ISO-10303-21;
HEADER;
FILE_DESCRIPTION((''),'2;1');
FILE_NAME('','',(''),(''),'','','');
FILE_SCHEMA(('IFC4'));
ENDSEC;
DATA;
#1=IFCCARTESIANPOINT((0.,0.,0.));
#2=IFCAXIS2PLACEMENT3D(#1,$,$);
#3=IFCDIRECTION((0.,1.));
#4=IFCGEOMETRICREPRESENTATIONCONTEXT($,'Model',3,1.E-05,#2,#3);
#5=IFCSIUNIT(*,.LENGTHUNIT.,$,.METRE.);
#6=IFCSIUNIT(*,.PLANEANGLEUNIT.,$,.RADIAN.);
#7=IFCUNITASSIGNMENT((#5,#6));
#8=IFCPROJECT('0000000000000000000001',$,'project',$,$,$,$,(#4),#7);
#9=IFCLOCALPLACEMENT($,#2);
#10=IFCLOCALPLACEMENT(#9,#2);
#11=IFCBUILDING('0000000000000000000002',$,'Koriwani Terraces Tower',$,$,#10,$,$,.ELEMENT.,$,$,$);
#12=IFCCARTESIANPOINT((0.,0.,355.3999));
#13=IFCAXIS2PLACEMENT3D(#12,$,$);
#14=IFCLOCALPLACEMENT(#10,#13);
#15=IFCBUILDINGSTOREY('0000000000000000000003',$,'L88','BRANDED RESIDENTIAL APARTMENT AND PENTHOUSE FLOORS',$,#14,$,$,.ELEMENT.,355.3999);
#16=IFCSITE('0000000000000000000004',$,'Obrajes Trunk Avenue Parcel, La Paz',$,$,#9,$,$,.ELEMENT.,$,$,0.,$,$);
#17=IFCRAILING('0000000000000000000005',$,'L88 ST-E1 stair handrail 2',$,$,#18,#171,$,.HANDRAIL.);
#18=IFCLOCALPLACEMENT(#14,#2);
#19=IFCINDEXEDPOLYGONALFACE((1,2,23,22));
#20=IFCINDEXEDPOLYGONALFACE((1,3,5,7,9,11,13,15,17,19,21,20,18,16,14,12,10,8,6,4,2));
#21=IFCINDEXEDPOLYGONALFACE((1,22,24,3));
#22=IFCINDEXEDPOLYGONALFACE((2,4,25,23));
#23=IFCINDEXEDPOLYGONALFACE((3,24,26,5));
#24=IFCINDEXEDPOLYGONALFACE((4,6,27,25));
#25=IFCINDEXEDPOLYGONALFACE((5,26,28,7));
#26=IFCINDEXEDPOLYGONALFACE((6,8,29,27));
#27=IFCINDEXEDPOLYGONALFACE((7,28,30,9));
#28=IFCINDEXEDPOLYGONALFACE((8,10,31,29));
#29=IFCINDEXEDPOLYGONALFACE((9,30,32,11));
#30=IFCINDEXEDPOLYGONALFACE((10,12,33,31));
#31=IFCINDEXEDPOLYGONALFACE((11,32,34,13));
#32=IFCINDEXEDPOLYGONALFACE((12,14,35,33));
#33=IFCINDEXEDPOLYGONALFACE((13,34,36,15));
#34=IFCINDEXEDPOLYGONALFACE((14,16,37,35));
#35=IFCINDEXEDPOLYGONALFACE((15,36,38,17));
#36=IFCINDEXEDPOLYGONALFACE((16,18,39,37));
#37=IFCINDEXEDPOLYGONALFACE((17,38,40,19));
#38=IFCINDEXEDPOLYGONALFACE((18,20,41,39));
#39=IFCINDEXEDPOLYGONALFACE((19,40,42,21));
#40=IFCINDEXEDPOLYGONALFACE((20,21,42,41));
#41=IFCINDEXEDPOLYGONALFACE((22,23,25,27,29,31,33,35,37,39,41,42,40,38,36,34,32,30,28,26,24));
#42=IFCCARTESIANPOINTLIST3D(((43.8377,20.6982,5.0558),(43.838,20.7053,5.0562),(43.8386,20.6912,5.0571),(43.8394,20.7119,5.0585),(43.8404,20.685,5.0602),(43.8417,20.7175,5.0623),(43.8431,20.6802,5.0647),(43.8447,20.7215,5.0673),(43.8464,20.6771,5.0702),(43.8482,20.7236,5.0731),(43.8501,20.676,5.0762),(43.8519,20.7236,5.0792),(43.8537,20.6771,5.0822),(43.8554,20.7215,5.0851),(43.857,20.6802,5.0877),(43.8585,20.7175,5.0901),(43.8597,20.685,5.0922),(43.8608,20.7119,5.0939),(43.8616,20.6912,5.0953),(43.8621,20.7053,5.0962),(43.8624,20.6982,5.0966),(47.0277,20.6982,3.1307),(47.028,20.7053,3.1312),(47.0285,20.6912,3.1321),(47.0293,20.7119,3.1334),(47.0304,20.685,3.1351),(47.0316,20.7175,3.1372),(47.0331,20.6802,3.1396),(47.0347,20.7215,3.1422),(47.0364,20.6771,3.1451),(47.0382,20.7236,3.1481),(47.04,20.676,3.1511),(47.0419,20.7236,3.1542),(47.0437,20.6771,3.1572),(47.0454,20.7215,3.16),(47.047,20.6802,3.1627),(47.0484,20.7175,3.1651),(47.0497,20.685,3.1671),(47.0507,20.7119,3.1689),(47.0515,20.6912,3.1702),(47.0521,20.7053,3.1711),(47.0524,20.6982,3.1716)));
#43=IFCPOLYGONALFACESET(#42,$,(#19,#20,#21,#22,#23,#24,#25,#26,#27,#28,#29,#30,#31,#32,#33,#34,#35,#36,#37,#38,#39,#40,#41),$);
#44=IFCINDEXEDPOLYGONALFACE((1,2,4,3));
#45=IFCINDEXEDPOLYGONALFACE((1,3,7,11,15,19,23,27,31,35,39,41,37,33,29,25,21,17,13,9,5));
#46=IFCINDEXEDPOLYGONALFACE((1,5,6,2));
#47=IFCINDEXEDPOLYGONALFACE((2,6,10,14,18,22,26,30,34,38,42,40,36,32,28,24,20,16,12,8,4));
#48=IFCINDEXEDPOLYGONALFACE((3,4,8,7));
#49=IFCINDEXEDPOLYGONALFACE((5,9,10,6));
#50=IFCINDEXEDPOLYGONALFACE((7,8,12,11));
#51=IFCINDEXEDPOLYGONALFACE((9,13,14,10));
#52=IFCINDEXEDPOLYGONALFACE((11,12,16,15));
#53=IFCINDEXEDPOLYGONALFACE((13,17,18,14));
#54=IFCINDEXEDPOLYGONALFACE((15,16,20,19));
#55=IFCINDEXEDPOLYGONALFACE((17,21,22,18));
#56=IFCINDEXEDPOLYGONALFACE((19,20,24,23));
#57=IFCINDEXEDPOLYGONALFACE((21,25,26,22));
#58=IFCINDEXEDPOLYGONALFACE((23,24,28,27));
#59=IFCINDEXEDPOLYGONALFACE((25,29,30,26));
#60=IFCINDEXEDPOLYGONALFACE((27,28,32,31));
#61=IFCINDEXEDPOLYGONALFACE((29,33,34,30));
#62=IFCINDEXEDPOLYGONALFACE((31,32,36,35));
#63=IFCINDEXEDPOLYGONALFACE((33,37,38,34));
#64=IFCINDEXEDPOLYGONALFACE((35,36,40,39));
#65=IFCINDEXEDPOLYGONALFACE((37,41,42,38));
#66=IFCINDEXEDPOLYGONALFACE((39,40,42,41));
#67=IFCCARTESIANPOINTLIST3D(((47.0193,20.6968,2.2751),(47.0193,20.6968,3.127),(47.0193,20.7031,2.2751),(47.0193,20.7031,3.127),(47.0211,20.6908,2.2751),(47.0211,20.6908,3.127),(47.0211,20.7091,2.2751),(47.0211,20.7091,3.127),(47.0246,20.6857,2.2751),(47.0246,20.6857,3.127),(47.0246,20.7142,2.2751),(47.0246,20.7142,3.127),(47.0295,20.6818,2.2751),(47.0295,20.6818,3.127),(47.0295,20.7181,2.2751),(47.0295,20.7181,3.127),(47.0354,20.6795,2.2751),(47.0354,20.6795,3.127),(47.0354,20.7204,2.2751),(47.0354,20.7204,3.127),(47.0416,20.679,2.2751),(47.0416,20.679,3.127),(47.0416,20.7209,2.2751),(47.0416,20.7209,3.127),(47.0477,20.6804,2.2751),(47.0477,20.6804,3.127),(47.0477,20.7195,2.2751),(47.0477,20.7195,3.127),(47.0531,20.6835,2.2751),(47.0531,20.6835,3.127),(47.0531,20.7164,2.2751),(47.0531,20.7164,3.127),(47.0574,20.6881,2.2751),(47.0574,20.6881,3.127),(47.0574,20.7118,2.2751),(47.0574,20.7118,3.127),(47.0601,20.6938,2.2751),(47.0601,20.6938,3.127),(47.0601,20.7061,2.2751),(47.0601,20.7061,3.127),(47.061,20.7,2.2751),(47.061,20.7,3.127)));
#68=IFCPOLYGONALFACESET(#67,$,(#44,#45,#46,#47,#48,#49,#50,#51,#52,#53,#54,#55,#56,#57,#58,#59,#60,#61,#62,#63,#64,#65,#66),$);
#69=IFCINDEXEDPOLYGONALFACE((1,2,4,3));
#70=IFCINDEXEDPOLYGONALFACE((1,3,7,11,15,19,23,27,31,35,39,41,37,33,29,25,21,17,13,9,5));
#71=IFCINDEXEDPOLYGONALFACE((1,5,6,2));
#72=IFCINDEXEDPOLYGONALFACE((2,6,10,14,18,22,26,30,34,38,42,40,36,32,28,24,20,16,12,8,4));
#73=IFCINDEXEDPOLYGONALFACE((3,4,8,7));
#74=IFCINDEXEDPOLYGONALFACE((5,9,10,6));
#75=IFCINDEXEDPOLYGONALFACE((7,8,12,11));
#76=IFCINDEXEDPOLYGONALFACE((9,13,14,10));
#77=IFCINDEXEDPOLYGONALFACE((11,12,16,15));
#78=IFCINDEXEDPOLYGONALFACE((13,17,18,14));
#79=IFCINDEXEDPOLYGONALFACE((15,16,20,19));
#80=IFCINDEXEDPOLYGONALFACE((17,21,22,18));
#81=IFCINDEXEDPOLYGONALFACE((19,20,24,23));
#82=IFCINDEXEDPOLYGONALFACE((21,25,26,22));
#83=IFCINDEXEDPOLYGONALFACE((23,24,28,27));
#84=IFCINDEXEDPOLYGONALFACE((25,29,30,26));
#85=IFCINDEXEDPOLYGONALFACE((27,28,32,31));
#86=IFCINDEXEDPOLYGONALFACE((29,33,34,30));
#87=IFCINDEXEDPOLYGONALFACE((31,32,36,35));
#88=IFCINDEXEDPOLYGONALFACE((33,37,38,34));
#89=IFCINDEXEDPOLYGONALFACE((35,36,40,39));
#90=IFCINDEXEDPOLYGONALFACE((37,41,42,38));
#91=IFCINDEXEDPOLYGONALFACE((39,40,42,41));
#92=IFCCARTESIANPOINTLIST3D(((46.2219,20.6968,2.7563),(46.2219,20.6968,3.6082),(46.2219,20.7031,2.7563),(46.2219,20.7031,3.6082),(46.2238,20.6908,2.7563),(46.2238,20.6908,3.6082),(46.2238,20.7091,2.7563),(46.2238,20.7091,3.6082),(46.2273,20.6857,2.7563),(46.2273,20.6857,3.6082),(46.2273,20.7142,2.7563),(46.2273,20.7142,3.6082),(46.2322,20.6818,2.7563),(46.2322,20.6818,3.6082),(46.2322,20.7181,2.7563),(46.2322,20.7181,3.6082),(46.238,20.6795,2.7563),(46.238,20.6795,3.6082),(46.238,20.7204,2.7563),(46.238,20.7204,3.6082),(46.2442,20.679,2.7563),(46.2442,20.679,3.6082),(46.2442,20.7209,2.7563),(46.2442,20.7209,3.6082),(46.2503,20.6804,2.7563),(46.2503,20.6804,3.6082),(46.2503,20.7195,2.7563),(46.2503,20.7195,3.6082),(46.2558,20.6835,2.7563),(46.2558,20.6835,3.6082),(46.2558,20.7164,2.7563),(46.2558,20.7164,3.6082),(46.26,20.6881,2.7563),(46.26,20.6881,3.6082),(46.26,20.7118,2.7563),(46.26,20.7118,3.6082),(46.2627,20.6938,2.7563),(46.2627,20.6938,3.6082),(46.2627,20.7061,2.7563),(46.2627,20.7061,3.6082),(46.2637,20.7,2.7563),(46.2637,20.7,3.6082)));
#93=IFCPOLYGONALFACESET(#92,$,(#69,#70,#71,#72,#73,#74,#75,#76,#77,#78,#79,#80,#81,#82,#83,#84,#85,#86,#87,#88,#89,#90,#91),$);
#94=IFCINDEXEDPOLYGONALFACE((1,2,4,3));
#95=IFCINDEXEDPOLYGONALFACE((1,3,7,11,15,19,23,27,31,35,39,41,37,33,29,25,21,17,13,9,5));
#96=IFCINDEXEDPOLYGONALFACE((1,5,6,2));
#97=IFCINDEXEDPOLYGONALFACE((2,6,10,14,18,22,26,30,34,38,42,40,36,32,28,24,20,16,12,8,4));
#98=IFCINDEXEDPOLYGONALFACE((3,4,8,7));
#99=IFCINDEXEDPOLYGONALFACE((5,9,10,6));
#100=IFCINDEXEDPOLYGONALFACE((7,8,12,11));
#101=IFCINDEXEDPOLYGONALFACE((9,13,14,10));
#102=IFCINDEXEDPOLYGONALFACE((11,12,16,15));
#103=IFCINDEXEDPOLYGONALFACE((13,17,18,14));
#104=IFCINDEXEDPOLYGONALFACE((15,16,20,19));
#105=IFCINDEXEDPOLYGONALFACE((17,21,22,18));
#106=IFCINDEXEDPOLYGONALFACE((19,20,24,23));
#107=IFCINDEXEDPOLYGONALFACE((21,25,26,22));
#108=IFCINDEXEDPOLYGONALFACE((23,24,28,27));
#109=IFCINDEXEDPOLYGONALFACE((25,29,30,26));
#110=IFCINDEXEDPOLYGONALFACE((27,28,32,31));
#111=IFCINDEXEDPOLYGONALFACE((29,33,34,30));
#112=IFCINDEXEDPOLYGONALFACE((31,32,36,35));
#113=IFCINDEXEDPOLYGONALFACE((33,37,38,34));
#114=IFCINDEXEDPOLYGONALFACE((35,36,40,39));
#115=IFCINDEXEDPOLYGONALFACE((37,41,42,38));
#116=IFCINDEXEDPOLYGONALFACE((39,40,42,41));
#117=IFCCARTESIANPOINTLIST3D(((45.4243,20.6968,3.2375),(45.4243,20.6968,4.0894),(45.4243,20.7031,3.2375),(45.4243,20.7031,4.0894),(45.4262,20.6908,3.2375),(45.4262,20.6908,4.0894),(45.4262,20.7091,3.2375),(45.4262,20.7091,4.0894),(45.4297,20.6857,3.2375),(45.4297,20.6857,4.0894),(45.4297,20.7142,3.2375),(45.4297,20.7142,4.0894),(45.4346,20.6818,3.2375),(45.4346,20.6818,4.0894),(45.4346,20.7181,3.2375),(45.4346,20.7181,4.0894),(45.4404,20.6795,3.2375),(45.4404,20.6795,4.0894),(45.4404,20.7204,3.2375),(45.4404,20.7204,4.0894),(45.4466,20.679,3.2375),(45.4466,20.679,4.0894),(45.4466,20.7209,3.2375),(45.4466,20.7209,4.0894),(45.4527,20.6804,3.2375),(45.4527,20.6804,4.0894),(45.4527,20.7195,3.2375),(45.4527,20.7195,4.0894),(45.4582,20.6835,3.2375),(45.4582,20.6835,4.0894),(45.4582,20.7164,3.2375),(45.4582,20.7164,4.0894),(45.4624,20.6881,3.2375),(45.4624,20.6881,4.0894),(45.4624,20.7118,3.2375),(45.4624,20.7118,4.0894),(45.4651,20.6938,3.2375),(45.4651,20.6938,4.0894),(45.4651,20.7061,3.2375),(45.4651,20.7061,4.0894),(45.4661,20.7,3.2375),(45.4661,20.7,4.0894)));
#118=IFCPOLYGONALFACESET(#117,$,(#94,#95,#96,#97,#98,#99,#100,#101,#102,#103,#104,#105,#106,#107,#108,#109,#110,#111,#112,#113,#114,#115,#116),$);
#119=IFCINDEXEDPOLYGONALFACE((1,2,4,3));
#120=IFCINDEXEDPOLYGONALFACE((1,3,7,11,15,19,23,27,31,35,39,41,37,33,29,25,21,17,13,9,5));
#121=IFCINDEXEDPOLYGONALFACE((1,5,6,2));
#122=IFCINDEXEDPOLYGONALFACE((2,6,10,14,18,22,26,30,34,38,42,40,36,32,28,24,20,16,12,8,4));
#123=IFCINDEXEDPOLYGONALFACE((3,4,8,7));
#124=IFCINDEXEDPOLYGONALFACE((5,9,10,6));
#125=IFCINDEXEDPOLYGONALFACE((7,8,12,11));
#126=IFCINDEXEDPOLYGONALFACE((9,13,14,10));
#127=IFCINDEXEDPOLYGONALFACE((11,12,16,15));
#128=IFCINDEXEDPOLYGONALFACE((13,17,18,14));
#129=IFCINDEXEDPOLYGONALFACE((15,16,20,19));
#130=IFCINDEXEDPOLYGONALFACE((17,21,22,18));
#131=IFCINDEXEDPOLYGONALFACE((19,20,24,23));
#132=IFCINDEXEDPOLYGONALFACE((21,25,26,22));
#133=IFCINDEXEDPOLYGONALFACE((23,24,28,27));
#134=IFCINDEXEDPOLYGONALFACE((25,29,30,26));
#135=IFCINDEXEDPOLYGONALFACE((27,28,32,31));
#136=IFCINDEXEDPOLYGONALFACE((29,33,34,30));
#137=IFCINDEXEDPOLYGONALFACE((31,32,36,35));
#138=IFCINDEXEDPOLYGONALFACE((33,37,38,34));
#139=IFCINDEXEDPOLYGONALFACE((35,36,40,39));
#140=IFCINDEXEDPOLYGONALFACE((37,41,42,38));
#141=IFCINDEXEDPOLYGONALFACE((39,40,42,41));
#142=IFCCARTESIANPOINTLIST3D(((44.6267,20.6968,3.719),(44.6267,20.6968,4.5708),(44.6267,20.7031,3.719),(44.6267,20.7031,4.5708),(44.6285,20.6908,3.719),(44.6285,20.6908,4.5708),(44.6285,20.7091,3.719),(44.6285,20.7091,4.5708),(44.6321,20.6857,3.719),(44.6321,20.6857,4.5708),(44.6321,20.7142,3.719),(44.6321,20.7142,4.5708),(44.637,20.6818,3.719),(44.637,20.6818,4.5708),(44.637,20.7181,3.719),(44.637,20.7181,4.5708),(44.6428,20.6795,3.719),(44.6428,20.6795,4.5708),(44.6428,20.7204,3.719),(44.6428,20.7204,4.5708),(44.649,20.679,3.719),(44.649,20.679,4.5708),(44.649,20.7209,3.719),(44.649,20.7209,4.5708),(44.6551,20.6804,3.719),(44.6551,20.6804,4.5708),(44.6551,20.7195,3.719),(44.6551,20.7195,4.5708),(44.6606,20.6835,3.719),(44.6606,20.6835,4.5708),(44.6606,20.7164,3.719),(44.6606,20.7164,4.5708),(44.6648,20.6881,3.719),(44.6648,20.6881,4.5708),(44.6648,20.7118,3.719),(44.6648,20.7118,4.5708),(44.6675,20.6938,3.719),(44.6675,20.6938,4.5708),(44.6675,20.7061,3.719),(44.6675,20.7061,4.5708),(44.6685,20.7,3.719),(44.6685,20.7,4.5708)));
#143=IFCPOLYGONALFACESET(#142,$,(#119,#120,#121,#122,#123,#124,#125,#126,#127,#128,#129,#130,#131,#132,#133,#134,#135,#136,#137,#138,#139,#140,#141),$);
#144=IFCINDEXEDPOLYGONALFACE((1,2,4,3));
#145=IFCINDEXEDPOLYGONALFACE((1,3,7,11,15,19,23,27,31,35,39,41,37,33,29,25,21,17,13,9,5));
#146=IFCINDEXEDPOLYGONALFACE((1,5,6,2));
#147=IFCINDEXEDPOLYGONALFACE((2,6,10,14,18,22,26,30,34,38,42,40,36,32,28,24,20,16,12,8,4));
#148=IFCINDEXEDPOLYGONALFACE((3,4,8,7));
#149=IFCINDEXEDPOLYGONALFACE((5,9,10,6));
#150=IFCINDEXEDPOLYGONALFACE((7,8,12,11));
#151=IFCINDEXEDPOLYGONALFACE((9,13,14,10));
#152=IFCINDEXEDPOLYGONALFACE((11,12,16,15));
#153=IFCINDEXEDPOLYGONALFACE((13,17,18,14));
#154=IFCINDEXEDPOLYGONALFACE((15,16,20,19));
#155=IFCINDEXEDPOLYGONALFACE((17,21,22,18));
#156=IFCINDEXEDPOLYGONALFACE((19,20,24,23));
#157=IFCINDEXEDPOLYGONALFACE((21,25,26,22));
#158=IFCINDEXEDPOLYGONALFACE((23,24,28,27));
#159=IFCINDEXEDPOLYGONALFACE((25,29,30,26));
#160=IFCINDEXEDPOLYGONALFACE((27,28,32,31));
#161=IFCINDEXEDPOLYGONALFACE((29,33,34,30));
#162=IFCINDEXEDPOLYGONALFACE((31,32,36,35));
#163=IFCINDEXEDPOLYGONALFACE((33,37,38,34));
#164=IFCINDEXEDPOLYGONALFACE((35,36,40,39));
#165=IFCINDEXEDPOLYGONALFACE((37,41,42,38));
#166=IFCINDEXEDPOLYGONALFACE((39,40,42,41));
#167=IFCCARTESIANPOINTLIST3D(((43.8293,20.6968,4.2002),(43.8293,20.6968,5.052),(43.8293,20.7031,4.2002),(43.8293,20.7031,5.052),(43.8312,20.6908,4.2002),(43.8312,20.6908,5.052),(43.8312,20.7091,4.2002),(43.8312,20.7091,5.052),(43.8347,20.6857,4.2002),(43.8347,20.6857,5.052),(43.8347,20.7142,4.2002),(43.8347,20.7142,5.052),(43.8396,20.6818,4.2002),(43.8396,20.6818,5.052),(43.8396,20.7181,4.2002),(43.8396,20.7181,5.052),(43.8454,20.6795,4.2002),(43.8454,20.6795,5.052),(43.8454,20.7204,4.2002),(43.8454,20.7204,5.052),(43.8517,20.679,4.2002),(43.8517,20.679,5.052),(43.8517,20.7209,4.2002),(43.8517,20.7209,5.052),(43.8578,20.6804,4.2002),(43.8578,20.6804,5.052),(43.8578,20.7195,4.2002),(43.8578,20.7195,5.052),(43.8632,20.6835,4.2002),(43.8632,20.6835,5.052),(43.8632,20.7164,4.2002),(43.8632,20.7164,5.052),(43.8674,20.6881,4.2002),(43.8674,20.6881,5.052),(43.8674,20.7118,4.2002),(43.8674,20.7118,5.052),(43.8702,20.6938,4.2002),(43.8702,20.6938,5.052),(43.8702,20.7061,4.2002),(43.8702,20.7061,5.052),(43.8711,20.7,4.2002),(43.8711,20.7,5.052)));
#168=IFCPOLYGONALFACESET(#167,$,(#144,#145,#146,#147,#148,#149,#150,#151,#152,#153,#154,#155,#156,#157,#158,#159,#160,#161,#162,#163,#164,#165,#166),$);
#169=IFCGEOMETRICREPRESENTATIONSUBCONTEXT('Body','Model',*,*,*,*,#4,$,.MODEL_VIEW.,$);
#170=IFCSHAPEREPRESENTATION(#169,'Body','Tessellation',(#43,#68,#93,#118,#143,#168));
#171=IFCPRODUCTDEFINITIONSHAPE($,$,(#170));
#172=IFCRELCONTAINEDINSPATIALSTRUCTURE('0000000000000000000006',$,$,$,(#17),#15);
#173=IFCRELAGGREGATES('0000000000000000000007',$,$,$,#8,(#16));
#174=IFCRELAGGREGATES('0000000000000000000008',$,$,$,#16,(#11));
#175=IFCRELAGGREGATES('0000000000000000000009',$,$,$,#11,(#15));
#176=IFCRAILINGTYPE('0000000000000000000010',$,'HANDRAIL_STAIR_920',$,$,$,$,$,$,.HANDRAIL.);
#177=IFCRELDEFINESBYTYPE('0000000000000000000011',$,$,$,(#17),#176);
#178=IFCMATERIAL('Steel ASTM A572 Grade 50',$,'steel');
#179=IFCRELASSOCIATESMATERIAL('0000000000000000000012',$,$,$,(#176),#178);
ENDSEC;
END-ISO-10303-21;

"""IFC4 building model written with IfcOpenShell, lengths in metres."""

from ifc_helpers import new_model, si_unit, direction, frame, origin, origin_2d, place, context, subcontext, project, spatial, circle, extrude, material, type_object, element, save


model = new_model("IFC4")

# Units and contexts
model_context = context("Model", 3, precision=1e-05, world=origin(), true_north=direction((0.0, 1.0)))
body_context = subcontext(model_context, "Body", "Model", "MODEL_VIEW")
ifc_project = project(units=[si_unit("LENGTHUNIT", "METRE"), si_unit("PLANEANGLEUNIT", "RADIAN")], contexts=[model_context])

# Site, building, storey
site_placement = place(None, origin())
site = spatial("IfcSite", under=ifc_project, at=site_placement, Name="Obrajes Trunk Avenue Parcel, La Paz", CompositionType="ELEMENT", RefElevation=0.0)
building_placement = place(site_placement, origin())
building = spatial("IfcBuilding", under=site, at=building_placement, Name="Koriwani Terraces Tower", CompositionType="ELEMENT")
storey_placement = place(building_placement, frame((0.0, 0.0, 355.3999)))
storey = spatial("IfcBuildingStorey", under=building, at=storey_placement, Name="L88", Description="BRANDED RESIDENTIAL APARTMENT AND PENTHOUSE FLOORS", CompositionType="ELEMENT", Elevation=355.3999)

# Shared definitions
ifc_material_1 = material(Name="Steel ASTM A572 Grade 50", Category="steel")

# Railing
railing_type_1 = type_object("IfcRailingType", Name="HANDRAIL_STAIR_920", PredefinedType="HANDRAIL", material=ifc_material_1)
for number, where, name in (
    (1, (47.04, 20.7, 2.2751), "L88 ST-E1 stair handrail 2"),
):
    element("IfcRailing", number, at=place(storey_placement, frame(where)), inside=storey, type_object=railing_type_1, Name=name, PredefinedType="HANDRAIL", context=body_context, shape_type="SweptSolid", body=[
        extrude(circle(Radius=0.0239, at=origin_2d()), frame((0.0, 0.0, 0.876), z_axis=(-0.856178, 0.0, 0.516682), x_axis=(0.0, -1.0, 0.0)), (0.0, 0.0, 1.0), 3.7258),
        extrude(circle(Radius=0.021, at=origin_2d()), origin(), (0.0, 0.0, 1.0), 0.8518),
        extrude(circle(Radius=0.021, at=origin_2d()), frame((-0.7974, 0.0, 0.4812)), (0.0, 0.0, 1.0), 0.8518),
        extrude(circle(Radius=0.021, at=origin_2d()), frame((-1.595, 0.0, 0.9624)), (0.0, 0.0, 1.0), 0.8518),
        extrude(circle(Radius=0.021, at=origin_2d()), frame((-2.3926, 0.0, 1.4438)), (0.0, 0.0, 1.0), 0.8518),
        extrude(circle(Radius=0.021, at=origin_2d()), frame((-3.1899, 0.0, 1.925)), (0.0, 0.0, 1.0), 0.8518),
    ])

save(model, "model.ifc")
